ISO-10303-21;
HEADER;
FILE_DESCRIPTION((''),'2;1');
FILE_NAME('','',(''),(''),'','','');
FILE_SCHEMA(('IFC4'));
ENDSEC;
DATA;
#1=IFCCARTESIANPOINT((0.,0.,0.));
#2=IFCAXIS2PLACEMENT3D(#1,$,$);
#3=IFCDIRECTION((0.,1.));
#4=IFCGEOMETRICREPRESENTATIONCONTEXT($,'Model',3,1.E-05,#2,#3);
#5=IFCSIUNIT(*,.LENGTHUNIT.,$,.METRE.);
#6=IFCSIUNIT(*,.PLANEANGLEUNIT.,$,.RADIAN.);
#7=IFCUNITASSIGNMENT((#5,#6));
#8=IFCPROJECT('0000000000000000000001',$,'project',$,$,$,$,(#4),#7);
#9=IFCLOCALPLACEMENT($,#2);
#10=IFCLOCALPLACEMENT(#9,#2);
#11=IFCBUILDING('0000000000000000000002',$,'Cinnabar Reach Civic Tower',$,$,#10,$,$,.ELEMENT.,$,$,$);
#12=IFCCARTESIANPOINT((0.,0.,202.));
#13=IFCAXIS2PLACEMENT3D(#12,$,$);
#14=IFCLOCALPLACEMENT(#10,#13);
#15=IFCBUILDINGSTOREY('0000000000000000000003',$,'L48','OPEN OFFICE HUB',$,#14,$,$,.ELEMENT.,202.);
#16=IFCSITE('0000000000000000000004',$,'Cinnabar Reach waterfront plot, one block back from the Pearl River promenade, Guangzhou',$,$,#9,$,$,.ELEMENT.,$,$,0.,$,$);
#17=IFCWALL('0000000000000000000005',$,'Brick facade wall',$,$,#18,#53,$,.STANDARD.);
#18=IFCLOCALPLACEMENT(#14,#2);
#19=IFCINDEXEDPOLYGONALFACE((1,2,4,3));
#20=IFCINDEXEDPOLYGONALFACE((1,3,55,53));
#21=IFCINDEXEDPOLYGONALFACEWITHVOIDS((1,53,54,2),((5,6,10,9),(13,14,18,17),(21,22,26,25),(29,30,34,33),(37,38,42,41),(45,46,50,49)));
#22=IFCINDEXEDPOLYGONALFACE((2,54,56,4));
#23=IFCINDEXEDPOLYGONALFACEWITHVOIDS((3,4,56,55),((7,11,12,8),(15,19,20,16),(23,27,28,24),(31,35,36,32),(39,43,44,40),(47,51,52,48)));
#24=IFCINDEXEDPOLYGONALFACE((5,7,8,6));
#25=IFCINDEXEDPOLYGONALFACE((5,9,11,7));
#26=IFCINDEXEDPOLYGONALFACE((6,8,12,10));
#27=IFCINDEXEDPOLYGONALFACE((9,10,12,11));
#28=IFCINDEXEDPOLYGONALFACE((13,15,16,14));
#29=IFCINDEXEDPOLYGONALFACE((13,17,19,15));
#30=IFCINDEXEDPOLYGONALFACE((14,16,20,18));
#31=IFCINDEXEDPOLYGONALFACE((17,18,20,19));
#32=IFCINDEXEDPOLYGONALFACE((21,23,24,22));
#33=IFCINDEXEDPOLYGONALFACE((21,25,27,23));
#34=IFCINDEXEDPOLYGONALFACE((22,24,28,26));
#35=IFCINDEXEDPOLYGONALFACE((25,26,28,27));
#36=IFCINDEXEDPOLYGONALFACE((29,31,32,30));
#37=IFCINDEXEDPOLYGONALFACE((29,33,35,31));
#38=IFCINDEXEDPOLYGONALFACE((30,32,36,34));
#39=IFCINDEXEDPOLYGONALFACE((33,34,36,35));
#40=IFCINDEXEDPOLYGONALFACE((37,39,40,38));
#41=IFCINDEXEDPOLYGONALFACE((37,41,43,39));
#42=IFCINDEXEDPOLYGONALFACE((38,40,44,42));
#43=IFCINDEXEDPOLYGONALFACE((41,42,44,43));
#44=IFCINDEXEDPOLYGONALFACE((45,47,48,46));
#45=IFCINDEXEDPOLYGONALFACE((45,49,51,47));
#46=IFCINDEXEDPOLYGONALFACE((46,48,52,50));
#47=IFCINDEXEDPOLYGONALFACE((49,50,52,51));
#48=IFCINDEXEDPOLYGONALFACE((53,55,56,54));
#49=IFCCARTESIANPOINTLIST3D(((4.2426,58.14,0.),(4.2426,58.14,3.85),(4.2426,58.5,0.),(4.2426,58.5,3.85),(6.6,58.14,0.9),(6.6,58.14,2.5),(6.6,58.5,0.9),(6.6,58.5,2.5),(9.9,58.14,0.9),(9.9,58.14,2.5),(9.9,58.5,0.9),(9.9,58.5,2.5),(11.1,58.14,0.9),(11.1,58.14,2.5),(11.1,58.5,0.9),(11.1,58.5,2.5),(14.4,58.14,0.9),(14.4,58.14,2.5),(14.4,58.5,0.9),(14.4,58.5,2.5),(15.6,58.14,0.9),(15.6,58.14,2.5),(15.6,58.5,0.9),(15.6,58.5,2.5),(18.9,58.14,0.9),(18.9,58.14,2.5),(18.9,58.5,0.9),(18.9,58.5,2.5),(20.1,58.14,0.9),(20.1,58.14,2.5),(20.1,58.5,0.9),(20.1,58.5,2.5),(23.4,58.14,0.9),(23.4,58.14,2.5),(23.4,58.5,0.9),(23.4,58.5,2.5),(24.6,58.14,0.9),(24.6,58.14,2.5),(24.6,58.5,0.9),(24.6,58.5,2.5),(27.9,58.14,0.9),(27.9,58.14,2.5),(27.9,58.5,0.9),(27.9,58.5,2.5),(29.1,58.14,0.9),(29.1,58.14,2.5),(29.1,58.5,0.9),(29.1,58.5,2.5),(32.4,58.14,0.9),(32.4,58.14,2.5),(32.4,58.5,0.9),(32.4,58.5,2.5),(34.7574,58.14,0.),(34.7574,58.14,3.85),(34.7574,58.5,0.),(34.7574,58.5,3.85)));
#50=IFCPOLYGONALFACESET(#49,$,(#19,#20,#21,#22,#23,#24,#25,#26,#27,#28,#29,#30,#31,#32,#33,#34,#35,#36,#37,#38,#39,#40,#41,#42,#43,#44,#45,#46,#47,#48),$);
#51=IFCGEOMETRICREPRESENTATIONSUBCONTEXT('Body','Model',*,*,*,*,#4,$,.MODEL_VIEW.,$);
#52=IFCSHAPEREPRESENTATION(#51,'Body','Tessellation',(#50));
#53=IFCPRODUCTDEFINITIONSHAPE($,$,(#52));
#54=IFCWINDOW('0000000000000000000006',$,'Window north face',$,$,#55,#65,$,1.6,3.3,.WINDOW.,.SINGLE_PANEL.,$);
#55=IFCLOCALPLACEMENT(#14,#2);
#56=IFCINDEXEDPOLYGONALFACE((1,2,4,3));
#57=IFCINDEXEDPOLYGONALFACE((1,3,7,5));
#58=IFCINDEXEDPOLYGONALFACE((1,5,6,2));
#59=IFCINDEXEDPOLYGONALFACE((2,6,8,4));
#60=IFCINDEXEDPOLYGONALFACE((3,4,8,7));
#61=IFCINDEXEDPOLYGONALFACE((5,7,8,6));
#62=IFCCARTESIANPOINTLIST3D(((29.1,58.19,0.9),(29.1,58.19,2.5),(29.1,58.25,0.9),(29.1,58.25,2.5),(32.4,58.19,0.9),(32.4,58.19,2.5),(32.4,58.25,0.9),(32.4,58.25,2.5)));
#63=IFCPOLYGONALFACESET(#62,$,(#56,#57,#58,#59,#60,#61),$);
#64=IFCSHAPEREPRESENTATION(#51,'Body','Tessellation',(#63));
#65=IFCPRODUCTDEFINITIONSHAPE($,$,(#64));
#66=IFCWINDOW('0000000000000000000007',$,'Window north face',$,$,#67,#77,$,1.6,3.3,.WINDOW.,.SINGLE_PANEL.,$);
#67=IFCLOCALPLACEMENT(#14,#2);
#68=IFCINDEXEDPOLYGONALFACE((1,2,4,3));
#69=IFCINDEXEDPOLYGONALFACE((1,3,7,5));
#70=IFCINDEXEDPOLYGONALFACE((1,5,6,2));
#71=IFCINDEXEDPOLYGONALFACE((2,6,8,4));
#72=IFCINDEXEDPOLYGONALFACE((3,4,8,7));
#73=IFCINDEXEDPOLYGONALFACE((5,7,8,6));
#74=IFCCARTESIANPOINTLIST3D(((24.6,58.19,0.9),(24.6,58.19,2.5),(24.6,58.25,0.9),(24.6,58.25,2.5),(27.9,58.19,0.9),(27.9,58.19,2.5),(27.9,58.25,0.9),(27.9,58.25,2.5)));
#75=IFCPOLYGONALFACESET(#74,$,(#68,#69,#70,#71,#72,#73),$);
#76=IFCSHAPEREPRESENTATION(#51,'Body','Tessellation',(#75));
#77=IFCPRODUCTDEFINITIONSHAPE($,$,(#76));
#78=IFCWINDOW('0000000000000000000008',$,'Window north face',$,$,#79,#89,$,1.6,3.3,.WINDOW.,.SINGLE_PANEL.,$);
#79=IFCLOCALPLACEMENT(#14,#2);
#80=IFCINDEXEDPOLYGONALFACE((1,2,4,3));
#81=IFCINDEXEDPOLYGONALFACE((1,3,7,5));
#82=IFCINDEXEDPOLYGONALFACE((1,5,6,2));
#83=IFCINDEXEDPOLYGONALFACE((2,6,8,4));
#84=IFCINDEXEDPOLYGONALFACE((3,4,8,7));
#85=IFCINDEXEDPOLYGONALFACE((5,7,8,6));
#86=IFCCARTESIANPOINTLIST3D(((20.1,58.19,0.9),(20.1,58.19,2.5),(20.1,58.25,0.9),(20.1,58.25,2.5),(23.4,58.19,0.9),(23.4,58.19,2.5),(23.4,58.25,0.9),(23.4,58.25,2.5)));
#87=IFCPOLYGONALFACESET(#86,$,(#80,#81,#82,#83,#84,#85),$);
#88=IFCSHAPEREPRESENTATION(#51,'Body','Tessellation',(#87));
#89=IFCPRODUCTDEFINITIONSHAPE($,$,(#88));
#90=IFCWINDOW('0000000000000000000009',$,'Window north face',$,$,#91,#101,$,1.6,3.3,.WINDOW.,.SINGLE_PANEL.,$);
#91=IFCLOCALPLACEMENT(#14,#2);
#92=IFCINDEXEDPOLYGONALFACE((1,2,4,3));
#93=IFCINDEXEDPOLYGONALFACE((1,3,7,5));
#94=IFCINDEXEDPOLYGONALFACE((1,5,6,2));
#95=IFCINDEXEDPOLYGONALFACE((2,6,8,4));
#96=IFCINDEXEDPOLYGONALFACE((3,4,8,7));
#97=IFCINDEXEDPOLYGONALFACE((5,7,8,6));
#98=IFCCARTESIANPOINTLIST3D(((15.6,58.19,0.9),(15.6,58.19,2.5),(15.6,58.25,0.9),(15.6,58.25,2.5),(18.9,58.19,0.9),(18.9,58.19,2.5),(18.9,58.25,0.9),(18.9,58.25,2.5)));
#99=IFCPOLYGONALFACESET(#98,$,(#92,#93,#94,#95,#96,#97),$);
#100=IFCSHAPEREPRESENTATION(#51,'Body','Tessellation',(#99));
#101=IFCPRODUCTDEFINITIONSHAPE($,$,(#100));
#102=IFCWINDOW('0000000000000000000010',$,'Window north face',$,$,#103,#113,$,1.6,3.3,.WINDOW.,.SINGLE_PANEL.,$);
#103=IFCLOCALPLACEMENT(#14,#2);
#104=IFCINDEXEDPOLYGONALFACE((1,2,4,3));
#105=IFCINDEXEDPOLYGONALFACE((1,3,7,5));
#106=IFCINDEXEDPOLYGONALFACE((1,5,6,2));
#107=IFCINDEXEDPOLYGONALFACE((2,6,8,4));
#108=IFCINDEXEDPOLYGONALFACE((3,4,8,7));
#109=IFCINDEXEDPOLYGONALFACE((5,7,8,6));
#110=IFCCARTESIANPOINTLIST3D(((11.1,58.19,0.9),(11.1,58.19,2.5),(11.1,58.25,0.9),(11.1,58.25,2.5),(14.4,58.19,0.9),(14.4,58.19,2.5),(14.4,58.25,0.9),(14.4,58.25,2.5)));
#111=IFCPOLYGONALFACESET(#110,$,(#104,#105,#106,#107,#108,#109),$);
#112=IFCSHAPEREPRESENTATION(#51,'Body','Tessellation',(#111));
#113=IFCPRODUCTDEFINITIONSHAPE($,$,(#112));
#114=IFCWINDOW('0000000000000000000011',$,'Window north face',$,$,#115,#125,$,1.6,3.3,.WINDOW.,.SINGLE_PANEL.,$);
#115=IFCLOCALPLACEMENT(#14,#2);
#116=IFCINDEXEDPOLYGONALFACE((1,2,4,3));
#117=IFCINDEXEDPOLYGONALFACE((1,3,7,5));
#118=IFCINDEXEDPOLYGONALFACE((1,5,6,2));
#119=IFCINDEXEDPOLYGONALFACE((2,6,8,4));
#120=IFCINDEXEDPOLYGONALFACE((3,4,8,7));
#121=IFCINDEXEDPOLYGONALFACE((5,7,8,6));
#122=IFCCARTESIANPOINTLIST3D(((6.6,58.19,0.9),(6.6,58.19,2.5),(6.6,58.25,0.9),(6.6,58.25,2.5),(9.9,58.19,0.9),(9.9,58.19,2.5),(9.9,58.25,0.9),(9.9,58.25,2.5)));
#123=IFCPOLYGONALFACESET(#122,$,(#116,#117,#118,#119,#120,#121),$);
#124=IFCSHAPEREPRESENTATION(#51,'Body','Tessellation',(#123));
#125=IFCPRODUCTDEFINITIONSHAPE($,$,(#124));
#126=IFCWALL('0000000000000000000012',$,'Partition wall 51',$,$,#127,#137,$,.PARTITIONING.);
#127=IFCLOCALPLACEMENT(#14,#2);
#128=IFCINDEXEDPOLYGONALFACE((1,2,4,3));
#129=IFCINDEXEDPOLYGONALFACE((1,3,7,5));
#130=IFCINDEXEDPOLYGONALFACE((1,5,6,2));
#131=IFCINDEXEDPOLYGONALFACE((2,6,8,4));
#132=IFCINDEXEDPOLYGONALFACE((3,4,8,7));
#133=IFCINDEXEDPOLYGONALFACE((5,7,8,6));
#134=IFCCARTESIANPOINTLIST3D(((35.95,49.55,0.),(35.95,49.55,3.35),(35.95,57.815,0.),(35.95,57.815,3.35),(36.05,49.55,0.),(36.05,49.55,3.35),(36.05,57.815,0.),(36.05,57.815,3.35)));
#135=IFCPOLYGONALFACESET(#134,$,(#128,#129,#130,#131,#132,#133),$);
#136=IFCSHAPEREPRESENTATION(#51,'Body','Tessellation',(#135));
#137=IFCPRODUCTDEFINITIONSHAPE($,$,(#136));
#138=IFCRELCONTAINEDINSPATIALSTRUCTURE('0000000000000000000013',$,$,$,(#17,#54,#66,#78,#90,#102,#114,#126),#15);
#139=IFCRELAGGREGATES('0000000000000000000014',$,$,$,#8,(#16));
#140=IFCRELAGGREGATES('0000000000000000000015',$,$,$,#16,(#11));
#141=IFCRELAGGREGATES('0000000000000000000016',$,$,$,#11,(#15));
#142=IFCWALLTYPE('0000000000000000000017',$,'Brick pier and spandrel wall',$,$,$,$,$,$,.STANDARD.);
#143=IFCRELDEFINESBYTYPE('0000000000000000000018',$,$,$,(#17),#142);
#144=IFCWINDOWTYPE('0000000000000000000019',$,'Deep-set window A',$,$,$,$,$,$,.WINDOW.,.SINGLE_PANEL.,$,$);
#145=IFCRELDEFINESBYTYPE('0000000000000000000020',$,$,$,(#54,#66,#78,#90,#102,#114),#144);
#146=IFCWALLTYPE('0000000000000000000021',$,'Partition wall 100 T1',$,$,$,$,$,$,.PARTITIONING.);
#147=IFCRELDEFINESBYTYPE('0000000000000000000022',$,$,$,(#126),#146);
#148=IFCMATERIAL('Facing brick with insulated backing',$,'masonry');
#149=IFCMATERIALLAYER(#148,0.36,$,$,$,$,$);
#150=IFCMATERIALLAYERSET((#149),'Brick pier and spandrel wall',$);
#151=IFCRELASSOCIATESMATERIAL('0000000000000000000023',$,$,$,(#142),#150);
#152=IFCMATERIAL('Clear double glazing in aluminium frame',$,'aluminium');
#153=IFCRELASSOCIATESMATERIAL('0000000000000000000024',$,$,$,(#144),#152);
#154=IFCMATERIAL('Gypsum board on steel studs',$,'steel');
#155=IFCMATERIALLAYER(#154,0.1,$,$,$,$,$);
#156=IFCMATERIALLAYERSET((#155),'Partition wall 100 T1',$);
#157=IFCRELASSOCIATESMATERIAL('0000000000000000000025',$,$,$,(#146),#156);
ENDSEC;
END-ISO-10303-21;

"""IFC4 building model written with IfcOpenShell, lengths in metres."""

from ifc_helpers import new_model, si_unit, direction, frame, frame_2d, origin, place, context, subcontext, project, spatial, rectangle, extrude, material, layer, layer_set, type_object, element, fill, save


model = new_model("IFC4")

# Units and contexts
model_context = context("Model", 3, precision=1e-05, world=origin(), true_north=direction((0.0, 1.0)))
body_context = subcontext(model_context, "Body", "Model", "MODEL_VIEW")
ifc_project = project(units=[si_unit("LENGTHUNIT", "METRE"), si_unit("PLANEANGLEUNIT", "RADIAN")], contexts=[model_context])

# Site, building, storey
site_placement = place(None, origin())
site = spatial("IfcSite", under=ifc_project, at=site_placement, Name="Cinnabar Reach waterfront plot, one block back from the Pearl River promenade, Guangzhou", CompositionType="ELEMENT", RefElevation=0.0)
building_placement = place(site_placement, origin())
building = spatial("IfcBuilding", under=site, at=building_placement, Name="Cinnabar Reach Civic Tower", CompositionType="ELEMENT")
storey_placement = place(building_placement, frame((0.0, 0.0, 202.0)))
storey = spatial("IfcBuildingStorey", under=building, at=storey_placement, Name="L48", Description="OPEN OFFICE HUB", CompositionType="ELEMENT", Elevation=202.0)

# Shared definitions
ifc_material_1 = material(Name="Facing brick with insulated backing", Category="masonry")

# Shared definitions
ifc_layer_1 = layer(ifc_material_1, 0.36)
ifc_layer_set_1 = layer_set([ifc_layer_1], Name="Brick pier and spandrel wall")
wall_type_1 = type_object("IfcWallType", Name="Brick pier and spandrel wall", PredefinedType="STANDARD", material=ifc_layer_set_1)
ifc_material_2 = material(Name="Clear double glazing in aluminium frame", Category="aluminium")
window_type = type_object("IfcWindowType", Name="Deep-set window A", PartitioningType="SINGLE_PANEL", PredefinedType="WINDOW", material=ifc_material_2)

# Wall, openings, windows
wall_1_placement = place(storey_placement, frame((34.7574, 58.32, 0.0), z_axis=(0.0, 0.0, 1.0), x_axis=(-1.0, 0.0, 0.0)))
wall_1 = element("IfcWall", 1, at=wall_1_placement, inside=storey, type_object=wall_type_1, Name="Brick facade wall", PredefinedType="STANDARD", context=body_context, shape_type="SweptSolid", body=[
    extrude(rectangle(XDim=30.5148, YDim=0.36, at=frame_2d((15.2574, 0.0))), origin(), (0.0, 0.0, 1.0), 3.85),
])
opening_1_placement = place(wall_1_placement, frame((2.3574, 0.0, 0.9)))
opening_1 = element("IfcOpeningElement", 2, at=opening_1_placement, cuts=wall_1, PredefinedType="OPENING", context=body_context, shape_type="SweptSolid", body=[
    extrude(rectangle(XDim=3.3, YDim=1.6, at=frame_2d((1.65, 0.8))), frame((0.0, 0.19, 0.0), z_axis=(0.0, -1.0, 0.0), x_axis=(1.0, 0.0, 0.0)), (0.0, 0.0, 1.0), 0.38),
])
opening_2_placement = place(wall_1_placement, frame((6.8574, 0.0, 0.9)))
opening_2 = element("IfcOpeningElement", 3, at=opening_2_placement, cuts=wall_1, PredefinedType="OPENING", context=body_context, shape_type="SweptSolid", body=[
    extrude(rectangle(XDim=3.3, YDim=1.6, at=frame_2d((1.65, 0.8))), frame((0.0, 0.19, 0.0), z_axis=(0.0, -1.0, 0.0), x_axis=(1.0, 0.0, 0.0)), (0.0, 0.0, 1.0), 0.38),
])
opening_3_placement = place(wall_1_placement, frame((11.3574, 0.0, 0.9)))
opening_3 = element("IfcOpeningElement", 4, at=opening_3_placement, cuts=wall_1, PredefinedType="OPENING", context=body_context, shape_type="SweptSolid", body=[
    extrude(rectangle(XDim=3.3, YDim=1.6, at=frame_2d((1.65, 0.8))), frame((0.0, 0.19, 0.0), z_axis=(0.0, -1.0, 0.0), x_axis=(1.0, 0.0, 0.0)), (0.0, 0.0, 1.0), 0.38),
])
opening_4_placement = place(wall_1_placement, frame((15.8574, 0.0, 0.9)))
opening_4 = element("IfcOpeningElement", 5, at=opening_4_placement, cuts=wall_1, PredefinedType="OPENING", context=body_context, shape_type="SweptSolid", body=[
    extrude(rectangle(XDim=3.3, YDim=1.6, at=frame_2d((1.65, 0.8))), frame((0.0, 0.19, 0.0), z_axis=(0.0, -1.0, 0.0), x_axis=(1.0, 0.0, 0.0)), (0.0, 0.0, 1.0), 0.38),
])
opening_5_placement = place(wall_1_placement, frame((20.3574, 0.0, 0.9)))
opening_5 = element("IfcOpeningElement", 6, at=opening_5_placement, cuts=wall_1, PredefinedType="OPENING", context=body_context, shape_type="SweptSolid", body=[
    extrude(rectangle(XDim=3.3, YDim=1.6, at=frame_2d((1.65, 0.8))), frame((0.0, 0.19, 0.0), z_axis=(0.0, -1.0, 0.0), x_axis=(1.0, 0.0, 0.0)), (0.0, 0.0, 1.0), 0.38),
])
opening_6_placement = place(wall_1_placement, frame((24.8574, 0.0, 0.9)))
opening_6 = element("IfcOpeningElement", 7, at=opening_6_placement, cuts=wall_1, PredefinedType="OPENING", context=body_context, shape_type="SweptSolid", body=[
    extrude(rectangle(XDim=3.3, YDim=1.6, at=frame_2d((1.65, 0.8))), frame((0.0, 0.19, 0.0), z_axis=(0.0, -1.0, 0.0), x_axis=(1.0, 0.0, 0.0)), (0.0, 0.0, 1.0), 0.38),
])
window_1_placement = place(opening_1_placement, origin())
window_1 = element("IfcWindow", 8, at=window_1_placement, inside=storey, type_object=window_type, Name="Window north face", OverallHeight=1.6, OverallWidth=3.3, PartitioningType="SINGLE_PANEL", PredefinedType="WINDOW", context=body_context, shape_type="SweptSolid", body=[
    extrude(rectangle(XDim=3.3, YDim=1.6, at=frame_2d((1.65, 0.8))), frame((0.0, 0.13, 0.0), z_axis=(0.0, -1.0, 0.0), x_axis=(1.0, 0.0, 0.0)), (0.0, 0.0, 1.0), 0.06),
])
fill(opening_1, window_1)
window_2_placement = place(opening_2_placement, origin())
window_2 = element("IfcWindow", 9, at=window_2_placement, inside=storey, type_object=window_type, Name="Window north face", OverallHeight=1.6, OverallWidth=3.3, PartitioningType="SINGLE_PANEL", PredefinedType="WINDOW", context=body_context, shape_type="SweptSolid", body=[
    extrude(rectangle(XDim=3.3, YDim=1.6, at=frame_2d((1.65, 0.8))), frame((0.0, 0.13, 0.0), z_axis=(0.0, -1.0, 0.0), x_axis=(1.0, 0.0, 0.0)), (0.0, 0.0, 1.0), 0.06),
])
fill(opening_2, window_2)
window_3_placement = place(opening_3_placement, origin())
window_3 = element("IfcWindow", 10, at=window_3_placement, inside=storey, type_object=window_type, Name="Window north face", OverallHeight=1.6, OverallWidth=3.3, PartitioningType="SINGLE_PANEL", PredefinedType="WINDOW", context=body_context, shape_type="SweptSolid", body=[
    extrude(rectangle(XDim=3.3, YDim=1.6, at=frame_2d((1.65, 0.8))), frame((0.0, 0.13, 0.0), z_axis=(0.0, -1.0, 0.0), x_axis=(1.0, 0.0, 0.0)), (0.0, 0.0, 1.0), 0.06),
])
fill(opening_3, window_3)
window_4_placement = place(opening_4_placement, origin())
window_4 = element("IfcWindow", 11, at=window_4_placement, inside=storey, type_object=window_type, Name="Window north face", OverallHeight=1.6, OverallWidth=3.3, PartitioningType="SINGLE_PANEL", PredefinedType="WINDOW", context=body_context, shape_type="SweptSolid", body=[
    extrude(rectangle(XDim=3.3, YDim=1.6, at=frame_2d((1.65, 0.8))), frame((0.0, 0.13, 0.0), z_axis=(0.0, -1.0, 0.0), x_axis=(1.0, 0.0, 0.0)), (0.0, 0.0, 1.0), 0.06),
])
fill(opening_4, window_4)
window_5_placement = place(opening_5_placement, origin())
window_5 = element("IfcWindow", 12, at=window_5_placement, inside=storey, type_object=window_type, Name="Window north face", OverallHeight=1.6, OverallWidth=3.3, PartitioningType="SINGLE_PANEL", PredefinedType="WINDOW", context=body_context, shape_type="SweptSolid", body=[
    extrude(rectangle(XDim=3.3, YDim=1.6, at=frame_2d((1.65, 0.8))), frame((0.0, 0.13, 0.0), z_axis=(0.0, -1.0, 0.0), x_axis=(1.0, 0.0, 0.0)), (0.0, 0.0, 1.0), 0.06),
])
fill(opening_5, window_5)
window_6_placement = place(opening_6_placement, origin())
window_6 = element("IfcWindow", 13, at=window_6_placement, inside=storey, type_object=window_type, Name="Window north face", OverallHeight=1.6, OverallWidth=3.3, PartitioningType="SINGLE_PANEL", PredefinedType="WINDOW", context=body_context, shape_type="SweptSolid", body=[
    extrude(rectangle(XDim=3.3, YDim=1.6, at=frame_2d((1.65, 0.8))), frame((0.0, 0.13, 0.0), z_axis=(0.0, -1.0, 0.0), x_axis=(1.0, 0.0, 0.0)), (0.0, 0.0, 1.0), 0.06),
])
fill(opening_6, window_6)

# Wall
ifc_material_3 = material(Name="Gypsum board on steel studs", Category="steel")
ifc_layer_2 = layer(ifc_material_3, 0.1)
ifc_layer_set_2 = layer_set([ifc_layer_2], Name="Partition wall 100 T1")
wall_type_2 = type_object("IfcWallType", Name="Partition wall 100 T1", PredefinedType="PARTITIONING", material=ifc_layer_set_2)
wall_2_placement = place(storey_placement, frame((36.0, 49.55, 0.0), z_axis=(0.0, 0.0, 1.0), x_axis=(0.0, 1.0, 0.0)))
element("IfcWall", 14, at=wall_2_placement, inside=storey, type_object=wall_type_2, Name="Partition wall 51", PredefinedType="PARTITIONING", context=body_context, shape_type="SweptSolid", body=[
    extrude(rectangle(XDim=8.265, YDim=0.1, at=frame_2d((4.1325, 0.0))), origin(), (0.0, 0.0, 1.0), 3.35),
])

save(model, "model.ifc")
